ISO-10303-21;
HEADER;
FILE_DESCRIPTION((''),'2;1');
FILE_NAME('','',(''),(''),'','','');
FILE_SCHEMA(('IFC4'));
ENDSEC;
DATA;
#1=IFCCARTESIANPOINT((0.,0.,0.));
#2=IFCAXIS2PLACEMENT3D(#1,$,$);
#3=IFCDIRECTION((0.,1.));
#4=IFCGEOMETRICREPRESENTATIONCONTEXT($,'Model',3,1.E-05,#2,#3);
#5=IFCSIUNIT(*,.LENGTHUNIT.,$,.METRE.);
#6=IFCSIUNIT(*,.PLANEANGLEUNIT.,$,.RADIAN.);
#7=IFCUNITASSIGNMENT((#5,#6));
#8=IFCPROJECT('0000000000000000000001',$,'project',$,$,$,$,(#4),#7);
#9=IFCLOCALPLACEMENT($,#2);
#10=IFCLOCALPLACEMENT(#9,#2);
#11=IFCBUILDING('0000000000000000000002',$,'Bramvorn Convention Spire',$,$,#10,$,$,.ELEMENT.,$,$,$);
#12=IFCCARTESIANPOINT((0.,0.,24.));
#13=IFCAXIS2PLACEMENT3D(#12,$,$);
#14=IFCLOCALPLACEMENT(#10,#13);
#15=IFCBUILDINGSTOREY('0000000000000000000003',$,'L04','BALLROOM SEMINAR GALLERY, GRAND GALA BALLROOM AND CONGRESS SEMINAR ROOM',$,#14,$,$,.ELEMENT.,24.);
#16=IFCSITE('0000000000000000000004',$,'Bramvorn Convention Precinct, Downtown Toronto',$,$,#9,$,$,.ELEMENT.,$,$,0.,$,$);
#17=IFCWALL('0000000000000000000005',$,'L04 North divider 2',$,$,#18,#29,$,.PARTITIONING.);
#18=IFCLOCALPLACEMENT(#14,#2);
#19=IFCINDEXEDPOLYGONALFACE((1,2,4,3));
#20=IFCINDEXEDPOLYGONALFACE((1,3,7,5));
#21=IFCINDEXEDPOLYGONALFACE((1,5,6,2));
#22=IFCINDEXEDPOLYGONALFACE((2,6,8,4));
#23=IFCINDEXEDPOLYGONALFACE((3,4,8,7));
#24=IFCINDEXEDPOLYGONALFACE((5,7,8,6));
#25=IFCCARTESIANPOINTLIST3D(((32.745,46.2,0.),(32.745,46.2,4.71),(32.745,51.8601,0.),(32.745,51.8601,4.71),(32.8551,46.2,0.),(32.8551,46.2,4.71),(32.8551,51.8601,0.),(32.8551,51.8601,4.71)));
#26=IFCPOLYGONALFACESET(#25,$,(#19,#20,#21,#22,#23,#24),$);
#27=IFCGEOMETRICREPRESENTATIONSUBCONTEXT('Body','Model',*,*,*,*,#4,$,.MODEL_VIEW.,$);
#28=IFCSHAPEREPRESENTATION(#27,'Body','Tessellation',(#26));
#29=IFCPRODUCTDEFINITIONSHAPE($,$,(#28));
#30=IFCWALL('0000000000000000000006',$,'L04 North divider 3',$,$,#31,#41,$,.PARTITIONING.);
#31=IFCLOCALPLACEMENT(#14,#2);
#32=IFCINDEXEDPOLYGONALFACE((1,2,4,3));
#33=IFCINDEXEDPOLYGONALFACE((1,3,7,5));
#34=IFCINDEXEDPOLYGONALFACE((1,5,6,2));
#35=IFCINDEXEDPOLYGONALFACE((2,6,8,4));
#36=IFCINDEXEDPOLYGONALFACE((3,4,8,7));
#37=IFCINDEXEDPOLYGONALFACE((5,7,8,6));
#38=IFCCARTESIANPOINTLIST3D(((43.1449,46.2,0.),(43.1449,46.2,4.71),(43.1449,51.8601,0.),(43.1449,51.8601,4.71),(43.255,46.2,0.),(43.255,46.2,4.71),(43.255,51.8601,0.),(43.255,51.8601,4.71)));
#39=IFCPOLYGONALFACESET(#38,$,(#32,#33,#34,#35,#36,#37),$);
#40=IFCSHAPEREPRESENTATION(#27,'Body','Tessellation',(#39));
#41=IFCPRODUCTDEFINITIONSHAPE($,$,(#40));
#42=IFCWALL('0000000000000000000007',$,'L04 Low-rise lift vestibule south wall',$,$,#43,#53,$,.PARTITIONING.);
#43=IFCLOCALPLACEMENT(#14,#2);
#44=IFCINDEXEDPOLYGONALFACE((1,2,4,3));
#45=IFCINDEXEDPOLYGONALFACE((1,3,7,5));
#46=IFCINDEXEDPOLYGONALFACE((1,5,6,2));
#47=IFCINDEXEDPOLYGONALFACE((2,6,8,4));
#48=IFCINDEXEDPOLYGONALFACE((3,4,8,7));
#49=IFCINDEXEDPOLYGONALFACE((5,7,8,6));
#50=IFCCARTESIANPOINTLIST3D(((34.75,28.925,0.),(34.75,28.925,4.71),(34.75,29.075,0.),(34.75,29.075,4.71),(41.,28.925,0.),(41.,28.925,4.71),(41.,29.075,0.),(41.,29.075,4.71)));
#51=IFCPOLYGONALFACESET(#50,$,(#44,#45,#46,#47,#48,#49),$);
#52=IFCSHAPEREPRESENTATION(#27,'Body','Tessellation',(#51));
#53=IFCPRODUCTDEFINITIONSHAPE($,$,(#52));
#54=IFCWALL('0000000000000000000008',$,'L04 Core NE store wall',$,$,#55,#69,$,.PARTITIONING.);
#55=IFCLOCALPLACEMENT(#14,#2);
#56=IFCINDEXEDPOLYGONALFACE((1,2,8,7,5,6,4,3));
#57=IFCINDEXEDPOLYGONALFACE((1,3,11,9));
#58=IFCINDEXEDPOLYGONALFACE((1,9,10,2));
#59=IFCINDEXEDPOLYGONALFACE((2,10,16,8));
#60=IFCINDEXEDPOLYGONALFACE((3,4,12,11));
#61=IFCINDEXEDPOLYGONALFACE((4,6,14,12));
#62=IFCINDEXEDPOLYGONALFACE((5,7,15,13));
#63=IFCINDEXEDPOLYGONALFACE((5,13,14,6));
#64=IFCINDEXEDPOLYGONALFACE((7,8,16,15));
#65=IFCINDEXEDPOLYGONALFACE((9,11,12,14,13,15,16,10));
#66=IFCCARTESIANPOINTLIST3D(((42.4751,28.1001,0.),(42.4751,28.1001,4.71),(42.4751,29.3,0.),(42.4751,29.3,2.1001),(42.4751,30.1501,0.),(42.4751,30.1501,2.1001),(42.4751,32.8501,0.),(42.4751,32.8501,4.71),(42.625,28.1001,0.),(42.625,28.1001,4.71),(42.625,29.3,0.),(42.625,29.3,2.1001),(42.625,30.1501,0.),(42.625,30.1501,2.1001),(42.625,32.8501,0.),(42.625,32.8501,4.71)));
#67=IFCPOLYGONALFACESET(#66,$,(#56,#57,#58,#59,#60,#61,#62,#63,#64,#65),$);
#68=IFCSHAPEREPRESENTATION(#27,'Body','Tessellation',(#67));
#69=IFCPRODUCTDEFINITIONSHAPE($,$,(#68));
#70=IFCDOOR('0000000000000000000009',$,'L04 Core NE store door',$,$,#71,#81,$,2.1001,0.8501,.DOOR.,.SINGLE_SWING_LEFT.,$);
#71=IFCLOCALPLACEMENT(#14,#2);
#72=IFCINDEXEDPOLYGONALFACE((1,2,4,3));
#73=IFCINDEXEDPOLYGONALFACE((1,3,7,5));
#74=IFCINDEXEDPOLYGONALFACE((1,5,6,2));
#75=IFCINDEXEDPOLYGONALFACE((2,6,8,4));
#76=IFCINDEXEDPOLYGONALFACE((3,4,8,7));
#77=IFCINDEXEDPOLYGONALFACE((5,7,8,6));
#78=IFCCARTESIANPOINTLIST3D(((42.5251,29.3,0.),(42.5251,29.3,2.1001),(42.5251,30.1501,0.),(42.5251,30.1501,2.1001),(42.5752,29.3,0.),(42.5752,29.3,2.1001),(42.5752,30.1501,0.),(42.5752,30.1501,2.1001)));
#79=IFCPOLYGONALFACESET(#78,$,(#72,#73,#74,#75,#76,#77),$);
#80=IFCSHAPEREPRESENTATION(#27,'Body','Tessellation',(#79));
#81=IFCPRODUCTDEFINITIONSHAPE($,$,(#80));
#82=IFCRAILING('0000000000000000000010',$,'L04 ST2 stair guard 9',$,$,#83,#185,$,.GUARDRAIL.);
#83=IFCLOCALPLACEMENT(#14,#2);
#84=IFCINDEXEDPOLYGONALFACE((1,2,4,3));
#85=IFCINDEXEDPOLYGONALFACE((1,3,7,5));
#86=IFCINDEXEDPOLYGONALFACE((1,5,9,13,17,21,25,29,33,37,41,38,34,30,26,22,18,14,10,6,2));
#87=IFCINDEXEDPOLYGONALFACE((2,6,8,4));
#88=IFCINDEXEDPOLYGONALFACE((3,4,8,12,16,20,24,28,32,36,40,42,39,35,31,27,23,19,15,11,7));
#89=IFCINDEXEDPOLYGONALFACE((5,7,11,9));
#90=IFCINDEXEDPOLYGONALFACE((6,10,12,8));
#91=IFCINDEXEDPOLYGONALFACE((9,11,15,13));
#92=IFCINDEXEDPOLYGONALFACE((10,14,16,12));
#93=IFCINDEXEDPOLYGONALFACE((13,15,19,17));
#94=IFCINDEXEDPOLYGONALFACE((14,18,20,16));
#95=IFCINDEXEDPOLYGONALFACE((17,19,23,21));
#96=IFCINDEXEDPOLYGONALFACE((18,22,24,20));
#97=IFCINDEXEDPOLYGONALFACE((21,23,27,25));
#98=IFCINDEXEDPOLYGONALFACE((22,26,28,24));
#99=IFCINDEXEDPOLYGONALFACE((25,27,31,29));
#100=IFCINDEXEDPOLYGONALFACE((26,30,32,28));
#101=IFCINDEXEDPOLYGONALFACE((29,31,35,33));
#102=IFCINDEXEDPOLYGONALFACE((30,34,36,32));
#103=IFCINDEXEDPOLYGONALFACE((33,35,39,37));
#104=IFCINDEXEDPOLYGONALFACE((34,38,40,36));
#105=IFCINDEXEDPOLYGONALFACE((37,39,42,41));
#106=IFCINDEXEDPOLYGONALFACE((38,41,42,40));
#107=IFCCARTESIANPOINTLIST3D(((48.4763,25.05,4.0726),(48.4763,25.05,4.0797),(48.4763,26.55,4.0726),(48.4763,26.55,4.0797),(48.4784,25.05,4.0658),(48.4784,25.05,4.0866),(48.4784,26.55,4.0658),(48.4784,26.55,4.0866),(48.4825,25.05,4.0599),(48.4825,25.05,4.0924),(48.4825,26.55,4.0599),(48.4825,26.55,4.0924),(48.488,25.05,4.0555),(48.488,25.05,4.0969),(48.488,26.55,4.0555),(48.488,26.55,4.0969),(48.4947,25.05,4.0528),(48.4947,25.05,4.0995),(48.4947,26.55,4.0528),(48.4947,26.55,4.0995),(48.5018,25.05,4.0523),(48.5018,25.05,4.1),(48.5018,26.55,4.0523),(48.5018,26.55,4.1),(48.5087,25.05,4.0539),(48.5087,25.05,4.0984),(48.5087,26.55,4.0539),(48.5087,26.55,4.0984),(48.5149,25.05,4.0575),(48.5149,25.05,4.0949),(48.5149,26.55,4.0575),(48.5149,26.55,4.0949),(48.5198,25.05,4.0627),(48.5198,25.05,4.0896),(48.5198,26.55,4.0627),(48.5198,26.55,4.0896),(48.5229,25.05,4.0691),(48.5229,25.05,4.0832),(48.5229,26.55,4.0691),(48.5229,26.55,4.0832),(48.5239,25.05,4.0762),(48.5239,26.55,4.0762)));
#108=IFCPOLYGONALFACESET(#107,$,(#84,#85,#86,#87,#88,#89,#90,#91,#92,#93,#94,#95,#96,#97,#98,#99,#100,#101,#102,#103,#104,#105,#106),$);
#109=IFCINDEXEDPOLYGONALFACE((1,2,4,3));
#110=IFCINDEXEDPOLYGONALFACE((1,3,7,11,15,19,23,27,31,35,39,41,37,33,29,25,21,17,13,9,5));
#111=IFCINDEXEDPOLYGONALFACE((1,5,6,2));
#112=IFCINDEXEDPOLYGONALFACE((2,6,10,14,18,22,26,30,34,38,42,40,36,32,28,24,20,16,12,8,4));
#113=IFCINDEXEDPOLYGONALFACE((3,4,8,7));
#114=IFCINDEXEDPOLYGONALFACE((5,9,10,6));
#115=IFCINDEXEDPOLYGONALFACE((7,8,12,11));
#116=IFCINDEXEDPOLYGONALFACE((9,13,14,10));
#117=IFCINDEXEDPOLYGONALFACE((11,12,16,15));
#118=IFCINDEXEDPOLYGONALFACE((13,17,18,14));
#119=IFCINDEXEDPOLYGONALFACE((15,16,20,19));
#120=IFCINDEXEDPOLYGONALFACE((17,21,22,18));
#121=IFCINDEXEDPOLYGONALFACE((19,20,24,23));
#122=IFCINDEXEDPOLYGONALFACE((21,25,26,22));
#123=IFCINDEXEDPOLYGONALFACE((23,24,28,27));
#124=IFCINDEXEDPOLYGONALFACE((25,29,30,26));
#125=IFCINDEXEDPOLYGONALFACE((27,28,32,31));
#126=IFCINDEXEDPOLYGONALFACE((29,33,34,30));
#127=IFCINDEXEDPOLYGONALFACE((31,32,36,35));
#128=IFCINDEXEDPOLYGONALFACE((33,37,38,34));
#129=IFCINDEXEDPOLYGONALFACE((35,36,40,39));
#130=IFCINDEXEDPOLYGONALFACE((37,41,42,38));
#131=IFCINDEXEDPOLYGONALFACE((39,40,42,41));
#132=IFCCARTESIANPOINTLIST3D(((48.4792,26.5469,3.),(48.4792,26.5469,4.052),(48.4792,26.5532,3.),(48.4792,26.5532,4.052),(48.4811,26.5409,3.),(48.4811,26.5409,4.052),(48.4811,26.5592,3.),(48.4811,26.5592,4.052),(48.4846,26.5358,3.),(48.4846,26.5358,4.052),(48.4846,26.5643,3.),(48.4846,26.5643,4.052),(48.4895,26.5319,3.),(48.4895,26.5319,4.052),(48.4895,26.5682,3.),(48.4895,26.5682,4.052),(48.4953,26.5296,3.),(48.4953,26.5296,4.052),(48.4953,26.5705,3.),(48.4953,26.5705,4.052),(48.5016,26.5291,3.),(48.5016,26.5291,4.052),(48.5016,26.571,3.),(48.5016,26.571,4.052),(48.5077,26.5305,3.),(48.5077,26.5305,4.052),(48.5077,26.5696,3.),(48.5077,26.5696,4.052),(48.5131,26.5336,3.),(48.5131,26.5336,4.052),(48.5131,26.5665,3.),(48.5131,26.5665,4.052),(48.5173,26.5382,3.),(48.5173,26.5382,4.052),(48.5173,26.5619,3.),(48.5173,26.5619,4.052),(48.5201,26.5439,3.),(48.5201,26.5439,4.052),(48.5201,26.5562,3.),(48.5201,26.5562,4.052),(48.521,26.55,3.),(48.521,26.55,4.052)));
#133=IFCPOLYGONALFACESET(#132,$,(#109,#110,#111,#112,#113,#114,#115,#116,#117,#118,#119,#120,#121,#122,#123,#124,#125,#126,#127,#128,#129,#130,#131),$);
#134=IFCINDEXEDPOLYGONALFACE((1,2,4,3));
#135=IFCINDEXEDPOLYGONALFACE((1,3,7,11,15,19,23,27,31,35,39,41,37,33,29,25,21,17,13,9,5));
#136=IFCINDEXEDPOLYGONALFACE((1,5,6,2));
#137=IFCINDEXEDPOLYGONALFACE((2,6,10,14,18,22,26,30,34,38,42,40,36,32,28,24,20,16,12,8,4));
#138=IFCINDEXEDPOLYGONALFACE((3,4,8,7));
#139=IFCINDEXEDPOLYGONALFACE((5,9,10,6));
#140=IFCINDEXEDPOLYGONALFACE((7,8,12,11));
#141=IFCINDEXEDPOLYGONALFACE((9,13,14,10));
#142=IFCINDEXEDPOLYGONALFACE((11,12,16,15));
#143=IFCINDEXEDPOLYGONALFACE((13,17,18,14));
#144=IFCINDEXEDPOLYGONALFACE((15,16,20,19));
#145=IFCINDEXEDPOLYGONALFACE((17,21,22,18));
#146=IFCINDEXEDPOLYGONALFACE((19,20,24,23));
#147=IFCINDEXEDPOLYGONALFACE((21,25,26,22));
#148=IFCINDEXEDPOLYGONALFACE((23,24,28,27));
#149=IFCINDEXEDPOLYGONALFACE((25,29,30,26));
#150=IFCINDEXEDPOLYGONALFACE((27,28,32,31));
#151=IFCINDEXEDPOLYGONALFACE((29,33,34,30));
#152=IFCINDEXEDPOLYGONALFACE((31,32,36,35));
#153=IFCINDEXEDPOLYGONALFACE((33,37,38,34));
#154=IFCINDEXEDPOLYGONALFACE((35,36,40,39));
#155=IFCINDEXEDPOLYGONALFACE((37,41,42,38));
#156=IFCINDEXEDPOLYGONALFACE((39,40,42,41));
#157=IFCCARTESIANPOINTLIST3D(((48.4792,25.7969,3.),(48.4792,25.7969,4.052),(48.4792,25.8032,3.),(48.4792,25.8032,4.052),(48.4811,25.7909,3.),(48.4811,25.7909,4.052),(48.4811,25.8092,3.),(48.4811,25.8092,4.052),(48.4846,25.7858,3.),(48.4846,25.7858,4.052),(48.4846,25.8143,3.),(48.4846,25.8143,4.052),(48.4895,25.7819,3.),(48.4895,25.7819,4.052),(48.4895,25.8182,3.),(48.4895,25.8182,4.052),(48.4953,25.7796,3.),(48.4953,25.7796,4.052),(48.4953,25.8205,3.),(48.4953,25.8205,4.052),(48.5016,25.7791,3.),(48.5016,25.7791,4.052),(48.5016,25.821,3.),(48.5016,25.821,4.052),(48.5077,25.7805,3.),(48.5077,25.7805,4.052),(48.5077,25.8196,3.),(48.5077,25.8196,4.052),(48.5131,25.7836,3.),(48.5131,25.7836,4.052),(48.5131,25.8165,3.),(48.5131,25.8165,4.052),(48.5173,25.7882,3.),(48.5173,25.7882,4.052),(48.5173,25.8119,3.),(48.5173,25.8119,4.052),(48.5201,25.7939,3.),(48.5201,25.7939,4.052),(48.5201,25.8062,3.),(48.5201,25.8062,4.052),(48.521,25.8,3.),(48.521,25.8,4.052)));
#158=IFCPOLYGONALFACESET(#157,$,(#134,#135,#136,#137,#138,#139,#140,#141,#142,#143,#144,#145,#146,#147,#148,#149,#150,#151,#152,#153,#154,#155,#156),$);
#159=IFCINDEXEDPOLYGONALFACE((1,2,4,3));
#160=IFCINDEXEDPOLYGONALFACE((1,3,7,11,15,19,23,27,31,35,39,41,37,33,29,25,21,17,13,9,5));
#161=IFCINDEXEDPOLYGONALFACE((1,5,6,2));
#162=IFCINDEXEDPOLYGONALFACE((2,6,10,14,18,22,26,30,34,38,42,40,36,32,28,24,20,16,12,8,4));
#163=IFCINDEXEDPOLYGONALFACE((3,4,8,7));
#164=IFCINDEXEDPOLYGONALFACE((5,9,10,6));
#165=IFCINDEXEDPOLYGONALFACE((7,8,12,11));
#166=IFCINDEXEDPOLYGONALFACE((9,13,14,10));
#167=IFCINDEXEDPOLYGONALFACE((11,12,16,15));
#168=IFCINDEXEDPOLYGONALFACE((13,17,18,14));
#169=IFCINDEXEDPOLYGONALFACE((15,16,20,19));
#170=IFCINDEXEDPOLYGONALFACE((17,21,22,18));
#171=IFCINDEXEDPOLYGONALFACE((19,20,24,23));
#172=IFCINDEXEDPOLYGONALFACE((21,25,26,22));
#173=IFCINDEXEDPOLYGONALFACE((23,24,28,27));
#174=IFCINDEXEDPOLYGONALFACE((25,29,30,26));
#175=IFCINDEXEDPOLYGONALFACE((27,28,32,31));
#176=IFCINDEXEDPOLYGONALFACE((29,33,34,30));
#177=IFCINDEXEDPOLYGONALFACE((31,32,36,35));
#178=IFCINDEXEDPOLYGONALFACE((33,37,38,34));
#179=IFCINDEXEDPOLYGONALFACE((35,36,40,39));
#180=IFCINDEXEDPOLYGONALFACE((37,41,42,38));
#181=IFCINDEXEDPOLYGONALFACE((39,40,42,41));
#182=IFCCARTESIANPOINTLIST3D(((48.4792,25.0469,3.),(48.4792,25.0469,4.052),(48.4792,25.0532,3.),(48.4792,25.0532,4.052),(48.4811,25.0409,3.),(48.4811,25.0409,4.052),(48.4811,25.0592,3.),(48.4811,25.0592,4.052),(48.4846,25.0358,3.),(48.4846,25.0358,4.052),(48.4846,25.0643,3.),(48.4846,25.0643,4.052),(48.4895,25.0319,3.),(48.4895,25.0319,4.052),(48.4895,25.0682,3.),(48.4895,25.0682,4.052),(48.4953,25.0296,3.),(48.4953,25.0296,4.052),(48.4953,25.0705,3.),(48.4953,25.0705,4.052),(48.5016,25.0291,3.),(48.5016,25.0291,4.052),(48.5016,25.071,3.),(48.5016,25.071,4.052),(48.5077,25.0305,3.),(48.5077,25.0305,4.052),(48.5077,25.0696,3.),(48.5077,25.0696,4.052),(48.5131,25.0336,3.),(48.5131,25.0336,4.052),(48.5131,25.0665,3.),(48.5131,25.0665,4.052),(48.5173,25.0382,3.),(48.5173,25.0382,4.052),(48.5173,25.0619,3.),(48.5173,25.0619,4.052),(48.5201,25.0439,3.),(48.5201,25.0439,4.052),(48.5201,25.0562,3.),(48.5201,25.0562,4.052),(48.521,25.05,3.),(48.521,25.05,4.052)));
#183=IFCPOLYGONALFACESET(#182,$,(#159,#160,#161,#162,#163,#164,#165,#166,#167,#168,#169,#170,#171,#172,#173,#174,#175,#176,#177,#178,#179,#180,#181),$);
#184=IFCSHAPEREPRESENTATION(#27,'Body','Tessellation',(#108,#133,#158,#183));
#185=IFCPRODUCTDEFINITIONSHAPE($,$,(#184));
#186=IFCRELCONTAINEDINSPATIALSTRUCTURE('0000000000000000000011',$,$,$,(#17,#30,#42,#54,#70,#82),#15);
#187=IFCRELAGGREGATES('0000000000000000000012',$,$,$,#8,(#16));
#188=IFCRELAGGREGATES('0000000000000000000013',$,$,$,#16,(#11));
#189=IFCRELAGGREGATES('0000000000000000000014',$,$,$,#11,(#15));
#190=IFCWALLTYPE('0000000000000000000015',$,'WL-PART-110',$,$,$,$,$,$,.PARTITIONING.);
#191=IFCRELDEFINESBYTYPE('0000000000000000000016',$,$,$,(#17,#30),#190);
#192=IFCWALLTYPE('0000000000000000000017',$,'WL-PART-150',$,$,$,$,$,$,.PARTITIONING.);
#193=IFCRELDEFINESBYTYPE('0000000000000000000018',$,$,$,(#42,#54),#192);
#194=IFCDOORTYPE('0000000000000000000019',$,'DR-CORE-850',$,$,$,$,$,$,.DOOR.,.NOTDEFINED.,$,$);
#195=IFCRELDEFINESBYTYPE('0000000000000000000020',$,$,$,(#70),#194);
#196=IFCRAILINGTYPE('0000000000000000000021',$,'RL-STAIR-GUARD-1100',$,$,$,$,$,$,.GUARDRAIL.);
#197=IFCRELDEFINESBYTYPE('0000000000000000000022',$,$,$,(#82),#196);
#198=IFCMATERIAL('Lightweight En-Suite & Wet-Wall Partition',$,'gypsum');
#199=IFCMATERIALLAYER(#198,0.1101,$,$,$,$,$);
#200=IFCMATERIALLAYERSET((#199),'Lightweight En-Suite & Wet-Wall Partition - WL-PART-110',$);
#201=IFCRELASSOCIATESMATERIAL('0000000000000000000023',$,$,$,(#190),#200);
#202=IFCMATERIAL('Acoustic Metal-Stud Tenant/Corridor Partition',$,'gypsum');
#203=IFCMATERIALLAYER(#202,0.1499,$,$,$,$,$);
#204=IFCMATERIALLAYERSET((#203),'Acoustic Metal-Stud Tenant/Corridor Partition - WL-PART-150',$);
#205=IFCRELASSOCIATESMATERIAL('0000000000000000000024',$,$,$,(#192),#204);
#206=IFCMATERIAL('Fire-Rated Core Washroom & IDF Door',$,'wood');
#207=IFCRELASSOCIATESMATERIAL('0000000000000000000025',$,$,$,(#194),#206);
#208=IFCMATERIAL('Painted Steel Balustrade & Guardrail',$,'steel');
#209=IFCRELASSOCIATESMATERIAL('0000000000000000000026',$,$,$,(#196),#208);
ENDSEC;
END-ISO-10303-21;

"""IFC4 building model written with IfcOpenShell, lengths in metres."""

from ifc_helpers import new_model, si_unit, direction, frame, frame_2d, origin, origin_2d, place, context, subcontext, project, spatial, rectangle, circle, extrude, material, layer, layer_set, type_object, element, fill, save


model = new_model("IFC4")

# Units and contexts
model_context = context("Model", 3, precision=1e-05, world=origin(), true_north=direction((0.0, 1.0)))
body_context = subcontext(model_context, "Body", "Model", "MODEL_VIEW")
ifc_project = project(units=[si_unit("LENGTHUNIT", "METRE"), si_unit("PLANEANGLEUNIT", "RADIAN")], contexts=[model_context])

# Site, building, storey
site_placement = place(None, origin())
site = spatial("IfcSite", under=ifc_project, at=site_placement, Name="Bramvorn Convention Precinct, Downtown Toronto", CompositionType="ELEMENT", RefElevation=0.0)
building_placement = place(site_placement, origin())
building = spatial("IfcBuilding", under=site, at=building_placement, Name="Bramvorn Convention Spire", CompositionType="ELEMENT")
storey_placement = place(building_placement, frame((0.0, 0.0, 24.0)))
storey = spatial("IfcBuildingStorey", under=building, at=storey_placement, Name="L04", Description="BALLROOM SEMINAR GALLERY, GRAND GALA BALLROOM AND CONGRESS SEMINAR ROOM", CompositionType="ELEMENT", Elevation=24.0)

# Walls
ifc_material_1 = material(Name="Lightweight En-Suite & Wet-Wall Partition", Category="gypsum")
ifc_layer_1 = layer(ifc_material_1, 0.1101)
ifc_layer_set_1 = layer_set([ifc_layer_1], Name="Lightweight En-Suite & Wet-Wall Partition - WL-PART-110")
wall_type_1 = type_object("IfcWallType", Name="WL-PART-110", PredefinedType="PARTITIONING", material=ifc_layer_set_1)
for number, where, z_axis, x_axis, name in (
    (1, (32.8, 46.2, 0.0), (0.0, 0.0, 1.0), (0.0, 1.0, 0.0), "L04 North divider 2"),
    (2, (43.2, 46.2, 0.0), (0.0, 0.0, 1.0), (0.0, 1.0, 0.0), "L04 North divider 3"),
):
    element("IfcWall", number, at=place(storey_placement, frame(where, z_axis=z_axis, x_axis=x_axis)), inside=storey, type_object=wall_type_1, Name=name, PredefinedType="PARTITIONING", context=body_context, shape_type="SweptSolid", body=[
        extrude(rectangle(XDim=5.6602, YDim=0.1101, at=frame_2d((2.8301, 0.0))), origin(), (0.0, 0.0, 1.0), 4.71),
    ])
ifc_material_2 = material(Name="Acoustic Metal-Stud Tenant/Corridor Partition", Category="gypsum")
ifc_layer_2 = layer(ifc_material_2, 0.1499)
ifc_layer_set_2 = layer_set([ifc_layer_2], Name="Acoustic Metal-Stud Tenant/Corridor Partition - WL-PART-150")
wall_type_2 = type_object("IfcWallType", Name="WL-PART-150", PredefinedType="PARTITIONING", material=ifc_layer_set_2)
wall_1_placement = place(storey_placement, frame((34.75, 29.0, 0.0), z_axis=(0.0, 0.0, 1.0), x_axis=(1.0, 0.0, 0.0)))
element("IfcWall", 3, at=wall_1_placement, inside=storey, type_object=wall_type_2, Name="L04 Low-rise lift vestibule south wall", PredefinedType="PARTITIONING", context=body_context, shape_type="SweptSolid", body=[
    extrude(rectangle(XDim=6.25, YDim=0.1499, at=frame_2d((3.125, 0.0))), origin(), (0.0, 0.0, 1.0), 4.71),
])

# Wall, opening, door
wall_2_placement = place(storey_placement, frame((42.55, 28.1001, 0.0), z_axis=(0.0, 0.0, 1.0), x_axis=(0.0, 1.0, 0.0)))
wall_2 = element("IfcWall", 4, at=wall_2_placement, inside=storey, type_object=wall_type_2, Name="L04 Core NE store wall", PredefinedType="PARTITIONING", context=body_context, shape_type="SweptSolid", body=[
    extrude(rectangle(XDim=4.75, YDim=0.1499, at=frame_2d((2.375, 0.0))), origin(), (0.0, 0.0, 1.0), 4.71),
])
opening_1_placement = place(wall_2_placement, frame((1.2, 0.0, 0.0)))
opening_1 = element("IfcOpeningElement", 5, at=opening_1_placement, cuts=wall_2, PredefinedType="OPENING", context=body_context, shape_type="SweptSolid", body=[
    extrude(rectangle(XDim=0.8501, YDim=2.1001, at=frame_2d((0.425, 1.05))), frame((0.0, 0.085, 0.0), z_axis=(0.0, -1.0, 0.0), x_axis=(1.0, 0.0, 0.0)), (0.0, 0.0, 1.0), 0.1699),
])
ifc_material_3 = material(Name="Fire-Rated Core Washroom & IDF Door", Category="wood")
door_type_1 = type_object("IfcDoorType", Name="DR-CORE-850", OperationType="NOTDEFINED", PredefinedType="DOOR", material=ifc_material_3)
door_1_placement = place(opening_1_placement, origin())
door_1 = element("IfcDoor", 6, at=door_1_placement, inside=storey, type_object=door_type_1, Name="L04 Core NE store door", OperationType="SINGLE_SWING_LEFT", OverallHeight=2.1001, OverallWidth=0.8501, PredefinedType="DOOR", context=body_context, shape_type="SweptSolid", body=[
    extrude(rectangle(XDim=0.8501, YDim=2.1001, at=frame_2d((0.425, 1.05))), frame((0.0, 0.0249, 0.0), z_axis=(0.0, -1.0, 0.0), x_axis=(1.0, 0.0, 0.0)), (0.0, 0.0, 1.0), 0.05),
])
fill(opening_1, door_1)

# Railing
ifc_material_4 = material(Name="Painted Steel Balustrade & Guardrail", Category="steel")
railing_type = type_object("IfcRailingType", Name="RL-STAIR-GUARD-1100", PredefinedType="GUARDRAIL", material=ifc_material_4)
for number, where, name in (
    (7, (48.5, 26.55, 3.0), "L04 ST2 stair guard 9"),
):
    element("IfcRailing", number, at=place(storey_placement, frame(where)), inside=storey, type_object=railing_type, Name=name, PredefinedType="GUARDRAIL", context=body_context, shape_type="SweptSolid", body=[
        extrude(circle(Radius=0.0239, at=origin_2d()), frame((0.0, 0.0, 1.0762), z_axis=(0.0, -1.0, 0.0), x_axis=(1.0, 0.0, 0.0)), (0.0, 0.0, 1.0), 1.5),
        extrude(circle(Radius=0.021, at=origin_2d()), origin(), (0.0, 0.0, 1.0), 1.052),
        extrude(circle(Radius=0.021, at=origin_2d()), frame((0.0, -0.75, 0.0)), (0.0, 0.0, 1.0), 1.052),
        extrude(circle(Radius=0.021, at=origin_2d()), frame((0.0, -1.5, 0.0)), (0.0, 0.0, 1.0), 1.052),
    ])

save(model, "model.ifc")
